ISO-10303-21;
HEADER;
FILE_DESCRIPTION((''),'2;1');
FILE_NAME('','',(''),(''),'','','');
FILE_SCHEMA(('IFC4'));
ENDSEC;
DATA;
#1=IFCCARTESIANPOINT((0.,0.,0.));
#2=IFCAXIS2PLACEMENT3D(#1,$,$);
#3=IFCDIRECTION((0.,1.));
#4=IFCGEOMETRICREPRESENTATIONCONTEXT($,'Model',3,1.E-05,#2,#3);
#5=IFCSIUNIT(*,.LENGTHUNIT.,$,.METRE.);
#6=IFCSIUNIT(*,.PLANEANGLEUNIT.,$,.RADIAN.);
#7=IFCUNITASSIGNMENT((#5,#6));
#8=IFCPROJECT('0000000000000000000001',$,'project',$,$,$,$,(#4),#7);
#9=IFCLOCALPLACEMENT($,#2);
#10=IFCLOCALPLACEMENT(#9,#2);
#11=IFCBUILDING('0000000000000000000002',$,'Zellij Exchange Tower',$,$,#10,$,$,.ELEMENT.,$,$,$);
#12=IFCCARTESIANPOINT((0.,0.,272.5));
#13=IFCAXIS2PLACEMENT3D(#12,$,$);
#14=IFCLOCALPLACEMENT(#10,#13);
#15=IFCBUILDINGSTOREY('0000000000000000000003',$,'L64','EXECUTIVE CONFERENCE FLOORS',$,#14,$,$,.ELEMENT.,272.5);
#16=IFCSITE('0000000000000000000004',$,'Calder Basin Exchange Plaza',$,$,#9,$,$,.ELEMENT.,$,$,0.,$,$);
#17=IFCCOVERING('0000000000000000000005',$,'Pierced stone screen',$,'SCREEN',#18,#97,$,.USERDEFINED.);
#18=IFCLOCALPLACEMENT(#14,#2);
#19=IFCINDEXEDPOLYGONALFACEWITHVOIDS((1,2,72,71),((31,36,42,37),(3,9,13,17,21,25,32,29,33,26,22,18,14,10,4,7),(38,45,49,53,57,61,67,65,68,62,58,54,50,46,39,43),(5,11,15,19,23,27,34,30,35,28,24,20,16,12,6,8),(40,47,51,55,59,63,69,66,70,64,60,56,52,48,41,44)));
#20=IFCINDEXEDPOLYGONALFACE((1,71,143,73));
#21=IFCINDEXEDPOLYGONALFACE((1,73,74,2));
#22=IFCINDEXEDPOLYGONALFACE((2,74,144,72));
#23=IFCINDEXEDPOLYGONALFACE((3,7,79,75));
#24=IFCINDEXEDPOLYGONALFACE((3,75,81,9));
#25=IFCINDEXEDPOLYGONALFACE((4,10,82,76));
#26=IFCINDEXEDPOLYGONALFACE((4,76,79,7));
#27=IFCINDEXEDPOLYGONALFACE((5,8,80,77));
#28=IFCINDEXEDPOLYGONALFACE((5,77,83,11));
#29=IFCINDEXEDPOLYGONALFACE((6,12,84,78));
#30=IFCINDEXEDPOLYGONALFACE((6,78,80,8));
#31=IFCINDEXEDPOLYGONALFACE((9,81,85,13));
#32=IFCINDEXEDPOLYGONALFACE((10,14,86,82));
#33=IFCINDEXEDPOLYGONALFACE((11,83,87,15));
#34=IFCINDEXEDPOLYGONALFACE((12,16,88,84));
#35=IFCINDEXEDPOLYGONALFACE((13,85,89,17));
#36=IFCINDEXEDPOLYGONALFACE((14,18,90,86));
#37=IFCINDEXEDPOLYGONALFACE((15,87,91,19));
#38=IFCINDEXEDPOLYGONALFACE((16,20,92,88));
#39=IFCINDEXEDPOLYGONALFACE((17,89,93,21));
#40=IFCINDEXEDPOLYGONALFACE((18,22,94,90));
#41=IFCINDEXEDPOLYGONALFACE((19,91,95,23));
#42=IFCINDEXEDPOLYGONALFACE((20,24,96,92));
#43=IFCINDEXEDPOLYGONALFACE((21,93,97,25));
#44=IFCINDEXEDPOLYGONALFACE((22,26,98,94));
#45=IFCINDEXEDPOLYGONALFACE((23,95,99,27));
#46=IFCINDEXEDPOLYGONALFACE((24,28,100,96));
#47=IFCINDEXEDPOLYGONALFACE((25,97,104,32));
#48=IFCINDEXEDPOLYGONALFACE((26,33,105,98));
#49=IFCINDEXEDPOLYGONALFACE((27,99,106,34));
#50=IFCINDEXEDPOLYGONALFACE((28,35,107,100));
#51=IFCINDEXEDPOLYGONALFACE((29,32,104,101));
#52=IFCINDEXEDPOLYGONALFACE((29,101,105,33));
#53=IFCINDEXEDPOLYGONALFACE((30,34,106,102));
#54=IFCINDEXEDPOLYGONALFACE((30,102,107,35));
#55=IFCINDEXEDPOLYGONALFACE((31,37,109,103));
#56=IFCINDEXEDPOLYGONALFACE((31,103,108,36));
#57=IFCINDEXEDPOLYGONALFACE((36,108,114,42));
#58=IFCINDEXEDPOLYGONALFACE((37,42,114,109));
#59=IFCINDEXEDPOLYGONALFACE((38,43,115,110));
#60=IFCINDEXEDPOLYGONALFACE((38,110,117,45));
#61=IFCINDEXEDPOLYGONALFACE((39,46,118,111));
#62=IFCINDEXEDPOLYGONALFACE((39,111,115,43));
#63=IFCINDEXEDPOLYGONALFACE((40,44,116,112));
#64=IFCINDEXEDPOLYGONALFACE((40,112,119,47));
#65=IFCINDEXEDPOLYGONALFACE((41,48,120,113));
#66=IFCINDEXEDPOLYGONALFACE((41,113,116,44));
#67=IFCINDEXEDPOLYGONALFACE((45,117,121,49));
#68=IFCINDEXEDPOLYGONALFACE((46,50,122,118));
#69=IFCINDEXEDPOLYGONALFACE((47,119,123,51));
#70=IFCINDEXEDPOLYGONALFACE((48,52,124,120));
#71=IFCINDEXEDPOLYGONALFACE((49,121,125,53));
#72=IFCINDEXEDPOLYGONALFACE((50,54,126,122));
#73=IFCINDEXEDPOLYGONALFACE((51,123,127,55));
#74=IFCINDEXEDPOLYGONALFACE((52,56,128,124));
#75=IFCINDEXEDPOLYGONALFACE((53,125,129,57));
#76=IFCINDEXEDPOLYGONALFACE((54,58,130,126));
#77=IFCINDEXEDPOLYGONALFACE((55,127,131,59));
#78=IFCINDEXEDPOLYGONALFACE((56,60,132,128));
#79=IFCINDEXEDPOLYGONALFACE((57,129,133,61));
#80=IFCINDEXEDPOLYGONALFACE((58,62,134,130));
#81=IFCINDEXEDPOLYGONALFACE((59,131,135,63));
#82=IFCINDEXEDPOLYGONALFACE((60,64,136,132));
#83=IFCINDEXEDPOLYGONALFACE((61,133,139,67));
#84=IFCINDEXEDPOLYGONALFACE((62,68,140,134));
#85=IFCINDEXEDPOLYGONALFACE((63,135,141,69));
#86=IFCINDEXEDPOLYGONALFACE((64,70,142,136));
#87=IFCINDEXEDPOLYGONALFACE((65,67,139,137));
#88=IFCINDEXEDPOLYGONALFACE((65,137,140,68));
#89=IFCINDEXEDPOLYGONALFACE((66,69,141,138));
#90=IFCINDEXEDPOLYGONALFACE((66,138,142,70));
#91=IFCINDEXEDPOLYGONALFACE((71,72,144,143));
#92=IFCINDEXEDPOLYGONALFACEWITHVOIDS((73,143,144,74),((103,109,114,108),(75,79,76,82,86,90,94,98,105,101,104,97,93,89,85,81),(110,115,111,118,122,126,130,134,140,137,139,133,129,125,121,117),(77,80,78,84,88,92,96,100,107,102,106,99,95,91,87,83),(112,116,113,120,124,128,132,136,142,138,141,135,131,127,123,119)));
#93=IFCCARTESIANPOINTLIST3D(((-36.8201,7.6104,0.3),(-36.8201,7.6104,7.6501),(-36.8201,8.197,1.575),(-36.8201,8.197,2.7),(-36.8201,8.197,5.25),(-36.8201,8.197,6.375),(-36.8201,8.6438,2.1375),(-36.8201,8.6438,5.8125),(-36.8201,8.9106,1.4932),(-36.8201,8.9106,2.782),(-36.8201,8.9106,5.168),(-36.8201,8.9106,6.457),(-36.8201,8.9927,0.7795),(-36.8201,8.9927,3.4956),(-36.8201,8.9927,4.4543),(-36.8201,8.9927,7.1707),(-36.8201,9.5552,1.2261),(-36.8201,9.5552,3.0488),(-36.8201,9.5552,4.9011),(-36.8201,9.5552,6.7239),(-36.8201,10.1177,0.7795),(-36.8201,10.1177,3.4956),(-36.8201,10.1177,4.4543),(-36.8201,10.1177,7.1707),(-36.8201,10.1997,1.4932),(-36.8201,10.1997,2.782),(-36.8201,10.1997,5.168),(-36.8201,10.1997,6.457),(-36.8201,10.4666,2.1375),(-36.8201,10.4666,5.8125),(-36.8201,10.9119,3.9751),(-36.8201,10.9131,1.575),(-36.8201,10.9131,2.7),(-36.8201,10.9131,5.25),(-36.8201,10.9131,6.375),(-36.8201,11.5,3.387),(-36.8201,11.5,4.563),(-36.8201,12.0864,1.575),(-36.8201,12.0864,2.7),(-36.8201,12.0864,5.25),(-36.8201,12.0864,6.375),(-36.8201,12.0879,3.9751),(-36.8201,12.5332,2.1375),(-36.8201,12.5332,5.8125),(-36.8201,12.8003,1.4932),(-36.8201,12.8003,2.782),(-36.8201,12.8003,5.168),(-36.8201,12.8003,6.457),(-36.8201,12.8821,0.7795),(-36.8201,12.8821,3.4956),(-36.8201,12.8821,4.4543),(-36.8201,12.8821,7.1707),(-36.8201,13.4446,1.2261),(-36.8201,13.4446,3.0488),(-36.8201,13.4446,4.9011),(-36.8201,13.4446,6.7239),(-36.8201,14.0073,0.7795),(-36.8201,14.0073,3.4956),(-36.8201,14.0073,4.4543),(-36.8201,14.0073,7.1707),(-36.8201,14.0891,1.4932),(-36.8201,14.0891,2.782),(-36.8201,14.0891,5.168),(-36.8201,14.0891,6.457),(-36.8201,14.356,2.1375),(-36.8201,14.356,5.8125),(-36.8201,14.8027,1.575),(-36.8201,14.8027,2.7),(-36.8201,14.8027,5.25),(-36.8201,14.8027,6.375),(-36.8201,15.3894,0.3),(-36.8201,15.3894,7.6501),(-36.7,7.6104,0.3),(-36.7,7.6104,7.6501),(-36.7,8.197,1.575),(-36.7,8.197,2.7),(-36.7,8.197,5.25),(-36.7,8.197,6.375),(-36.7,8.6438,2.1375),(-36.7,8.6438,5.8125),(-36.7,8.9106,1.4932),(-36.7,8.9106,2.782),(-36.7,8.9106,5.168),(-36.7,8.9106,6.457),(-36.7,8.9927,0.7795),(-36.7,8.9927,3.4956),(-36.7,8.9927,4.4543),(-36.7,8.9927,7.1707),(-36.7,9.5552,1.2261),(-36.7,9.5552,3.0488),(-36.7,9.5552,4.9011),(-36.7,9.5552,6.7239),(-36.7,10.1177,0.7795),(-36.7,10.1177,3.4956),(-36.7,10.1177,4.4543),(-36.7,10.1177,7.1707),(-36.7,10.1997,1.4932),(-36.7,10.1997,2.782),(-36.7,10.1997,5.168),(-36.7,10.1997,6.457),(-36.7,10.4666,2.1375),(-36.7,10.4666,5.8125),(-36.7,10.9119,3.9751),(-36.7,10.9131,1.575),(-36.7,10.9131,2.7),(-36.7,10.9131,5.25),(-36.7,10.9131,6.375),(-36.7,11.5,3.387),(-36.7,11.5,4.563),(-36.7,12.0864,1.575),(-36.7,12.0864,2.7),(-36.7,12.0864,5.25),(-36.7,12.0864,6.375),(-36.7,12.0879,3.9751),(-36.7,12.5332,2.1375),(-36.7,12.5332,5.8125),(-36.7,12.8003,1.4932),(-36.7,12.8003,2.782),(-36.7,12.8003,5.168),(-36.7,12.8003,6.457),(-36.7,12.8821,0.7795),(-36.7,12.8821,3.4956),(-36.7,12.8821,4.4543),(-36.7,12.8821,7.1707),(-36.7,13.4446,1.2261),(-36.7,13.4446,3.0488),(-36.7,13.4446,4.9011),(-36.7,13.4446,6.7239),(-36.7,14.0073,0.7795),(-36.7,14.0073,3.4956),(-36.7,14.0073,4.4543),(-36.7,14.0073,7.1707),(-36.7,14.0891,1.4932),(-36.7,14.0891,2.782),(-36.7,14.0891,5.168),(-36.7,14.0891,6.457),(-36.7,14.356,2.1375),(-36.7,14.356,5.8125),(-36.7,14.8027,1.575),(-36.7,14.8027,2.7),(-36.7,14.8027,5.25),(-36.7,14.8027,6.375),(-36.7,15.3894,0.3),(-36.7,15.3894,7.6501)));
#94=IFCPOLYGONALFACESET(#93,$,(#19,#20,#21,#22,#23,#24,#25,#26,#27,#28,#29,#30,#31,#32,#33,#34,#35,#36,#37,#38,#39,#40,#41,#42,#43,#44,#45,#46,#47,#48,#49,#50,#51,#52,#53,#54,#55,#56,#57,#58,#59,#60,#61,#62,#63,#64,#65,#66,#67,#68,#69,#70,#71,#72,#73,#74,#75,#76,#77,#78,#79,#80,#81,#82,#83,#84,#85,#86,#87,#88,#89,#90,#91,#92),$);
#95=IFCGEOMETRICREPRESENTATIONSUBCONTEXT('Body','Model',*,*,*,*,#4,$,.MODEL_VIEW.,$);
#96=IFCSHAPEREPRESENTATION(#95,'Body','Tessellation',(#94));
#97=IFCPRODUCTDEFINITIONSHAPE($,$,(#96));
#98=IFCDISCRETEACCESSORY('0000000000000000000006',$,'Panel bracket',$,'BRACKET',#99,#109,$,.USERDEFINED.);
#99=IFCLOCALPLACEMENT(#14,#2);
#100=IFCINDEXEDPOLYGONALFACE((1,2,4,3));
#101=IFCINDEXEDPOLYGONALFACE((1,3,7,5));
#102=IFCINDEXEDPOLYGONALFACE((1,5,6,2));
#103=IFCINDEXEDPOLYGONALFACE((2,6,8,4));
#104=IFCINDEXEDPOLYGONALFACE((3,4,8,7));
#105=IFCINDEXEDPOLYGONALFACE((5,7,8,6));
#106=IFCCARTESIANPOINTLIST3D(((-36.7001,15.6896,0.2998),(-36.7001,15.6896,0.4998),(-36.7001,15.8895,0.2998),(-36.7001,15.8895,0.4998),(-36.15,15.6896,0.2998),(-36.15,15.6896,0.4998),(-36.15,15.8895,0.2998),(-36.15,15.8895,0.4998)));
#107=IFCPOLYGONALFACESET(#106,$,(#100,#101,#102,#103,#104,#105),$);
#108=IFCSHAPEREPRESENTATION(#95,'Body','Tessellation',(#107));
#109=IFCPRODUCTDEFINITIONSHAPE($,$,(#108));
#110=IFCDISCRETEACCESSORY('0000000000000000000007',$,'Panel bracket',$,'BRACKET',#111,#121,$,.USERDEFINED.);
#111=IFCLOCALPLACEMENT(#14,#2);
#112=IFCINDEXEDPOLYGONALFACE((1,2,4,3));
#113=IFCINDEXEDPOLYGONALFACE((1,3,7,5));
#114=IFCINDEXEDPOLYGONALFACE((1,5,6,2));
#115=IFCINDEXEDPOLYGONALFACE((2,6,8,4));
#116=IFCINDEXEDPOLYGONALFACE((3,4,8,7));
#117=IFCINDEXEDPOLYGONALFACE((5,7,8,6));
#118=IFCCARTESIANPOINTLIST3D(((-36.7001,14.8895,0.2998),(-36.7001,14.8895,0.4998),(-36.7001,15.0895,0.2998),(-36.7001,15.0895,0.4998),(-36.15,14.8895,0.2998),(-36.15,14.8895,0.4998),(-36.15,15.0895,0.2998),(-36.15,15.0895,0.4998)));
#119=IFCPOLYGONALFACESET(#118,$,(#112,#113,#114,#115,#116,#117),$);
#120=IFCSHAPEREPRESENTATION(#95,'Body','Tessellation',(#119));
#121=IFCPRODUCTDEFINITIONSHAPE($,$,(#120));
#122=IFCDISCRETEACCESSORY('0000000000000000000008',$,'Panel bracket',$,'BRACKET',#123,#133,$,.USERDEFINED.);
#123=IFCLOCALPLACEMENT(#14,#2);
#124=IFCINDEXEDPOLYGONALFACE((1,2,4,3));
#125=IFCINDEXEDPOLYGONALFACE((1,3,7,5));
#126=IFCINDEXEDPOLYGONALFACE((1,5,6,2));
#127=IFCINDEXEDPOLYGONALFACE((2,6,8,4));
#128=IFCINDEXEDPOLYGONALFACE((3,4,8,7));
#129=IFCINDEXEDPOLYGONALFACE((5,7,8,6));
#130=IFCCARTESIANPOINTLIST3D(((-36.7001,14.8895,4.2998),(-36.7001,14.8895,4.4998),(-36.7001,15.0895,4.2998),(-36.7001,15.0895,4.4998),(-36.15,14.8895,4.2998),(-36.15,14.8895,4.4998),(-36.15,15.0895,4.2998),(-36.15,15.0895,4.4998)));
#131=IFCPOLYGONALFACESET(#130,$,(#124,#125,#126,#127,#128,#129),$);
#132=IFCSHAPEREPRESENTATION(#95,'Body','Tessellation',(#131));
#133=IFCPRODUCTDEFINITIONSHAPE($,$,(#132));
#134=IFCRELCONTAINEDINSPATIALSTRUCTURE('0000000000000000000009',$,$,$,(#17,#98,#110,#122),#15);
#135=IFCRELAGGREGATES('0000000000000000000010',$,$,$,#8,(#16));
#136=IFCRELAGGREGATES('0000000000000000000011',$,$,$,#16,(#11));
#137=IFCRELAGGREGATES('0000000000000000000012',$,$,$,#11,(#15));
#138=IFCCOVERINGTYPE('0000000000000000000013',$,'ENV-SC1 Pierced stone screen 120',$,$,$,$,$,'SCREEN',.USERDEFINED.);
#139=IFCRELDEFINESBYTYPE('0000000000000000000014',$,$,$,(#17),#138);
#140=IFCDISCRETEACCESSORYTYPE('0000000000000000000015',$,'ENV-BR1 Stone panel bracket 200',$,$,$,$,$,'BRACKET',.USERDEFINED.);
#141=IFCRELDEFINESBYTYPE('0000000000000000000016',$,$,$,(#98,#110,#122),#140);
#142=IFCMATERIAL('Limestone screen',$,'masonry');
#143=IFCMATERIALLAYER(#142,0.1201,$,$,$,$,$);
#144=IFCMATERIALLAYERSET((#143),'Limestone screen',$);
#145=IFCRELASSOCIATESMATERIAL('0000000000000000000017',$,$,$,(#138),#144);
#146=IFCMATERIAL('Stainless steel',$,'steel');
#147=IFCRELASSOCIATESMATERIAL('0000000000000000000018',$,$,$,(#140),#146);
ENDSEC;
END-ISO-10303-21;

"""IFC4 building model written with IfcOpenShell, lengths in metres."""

from ifc_helpers import new_model, si_unit, direction, frame, origin, origin_2d, place, context, subcontext, project, spatial, polyline, rectangle, outline, extrude, material, layer, layer_set, type_object, element, save


model = new_model("IFC4")

# Units and contexts
model_context = context("Model", 3, precision=1e-05, world=origin(), true_north=direction((0.0, 1.0)))
body_context = subcontext(model_context, "Body", "Model", "MODEL_VIEW")
ifc_project = project(units=[si_unit("LENGTHUNIT", "METRE"), si_unit("PLANEANGLEUNIT", "RADIAN")], contexts=[model_context])

# Site, building, storey
site_placement = place(None, origin())
site = spatial("IfcSite", under=ifc_project, at=site_placement, Name="Calder Basin Exchange Plaza", CompositionType="ELEMENT", RefElevation=0.0)
building_placement = place(site_placement, origin())
building = spatial("IfcBuilding", under=site, at=building_placement, Name="Zellij Exchange Tower", CompositionType="ELEMENT")
storey_placement = place(building_placement, frame((0.0, 0.0, 272.5)))
storey = spatial("IfcBuildingStorey", under=building, at=storey_placement, Name="L64", Description="EXECUTIVE CONFERENCE FLOORS", CompositionType="ELEMENT", Elevation=272.5)

# Covering
ifc_material_1 = material(Name="Limestone screen", Category="masonry")
ifc_layer_1 = layer(ifc_material_1, 0.1201)
ifc_layer_set_1 = layer_set([ifc_layer_1], Name="Limestone screen")
covering_type = type_object("IfcCoveringType", Name="ENV-SC1 Pierced stone screen 120", ElementType="SCREEN", PredefinedType="USERDEFINED", material=ifc_layer_set_1)
covering_placement = place(storey_placement, frame((-36.76, 15.3894, 0.3), z_axis=(0.0, 0.0, 1.0), x_axis=(0.0, -1.0, 0.0)))
element("IfcCovering", 1, at=covering_placement, inside=storey, type_object=covering_type, Name="Pierced stone screen", ObjectType="SCREEN", PredefinedType="USERDEFINED", context=body_context, shape_type="SweptSolid", body=[
    extrude(outline(polyline([(0.0, 0.0), (7.7791, 0.0), (7.7791, 7.3501), (0.0, 7.3501), (0.0, 0.0)]), holes=[polyline([(3.303, 2.3999), (2.5891, 2.4819), (2.5073, 3.1956), (1.9448, 2.7488), (1.3821, 3.1956), (1.3003, 2.4819), (0.5867, 2.3999), (1.0334, 1.8374), (0.5867, 1.2749), (1.3003, 1.1931), (1.3821, 0.4795), (1.9448, 0.926), (2.5073, 0.4795), (2.5891, 1.1931), (3.303, 1.2749), (2.8562, 1.8374), (3.303, 2.3999)]), polyline([(3.303, 6.075), (2.5891, 6.157), (2.5073, 6.8706), (1.9448, 6.4238), (1.3821, 6.8706), (1.3003, 6.157), (0.5867, 6.075), (1.0334, 5.5125), (0.5867, 4.95), (1.3003, 4.8679), (1.3821, 4.1543), (1.9448, 4.6011), (2.5073, 4.1543), (2.5891, 4.8679), (3.303, 4.95), (2.8562, 5.5125), (3.303, 6.075)]), polyline([(7.1924, 2.3999), (6.4788, 2.4819), (6.3967, 3.1956), (5.8342, 2.7488), (5.2717, 3.1956), (5.1897, 2.4819), (4.4763, 2.3999), (4.9229, 1.8374), (4.4763, 1.2749), (5.1897, 1.1931), (5.2717, 0.4795), (5.8342, 0.926), (6.3967, 0.4795), (6.4788, 1.1931), (7.1924, 1.2749), (6.7456, 1.8374), (7.1924, 2.3999)]), polyline([(7.1924, 6.075), (6.4788, 6.157), (6.3967, 6.8706), (5.8342, 6.4238), (5.2717, 6.8706), (5.1897, 6.157), (4.4763, 6.075), (4.9229, 5.5125), (4.4763, 4.95), (5.1897, 4.8679), (5.2717, 4.1543), (5.8342, 4.6011), (6.3967, 4.1543), (6.4788, 4.8679), (7.1924, 4.95), (6.7456, 5.5125), (7.1924, 6.075)]), polyline([(4.4775, 3.675), (3.8894, 4.2629), (3.3015, 3.675), (3.8894, 3.0869), (4.4775, 3.675)])]), frame((0.0, 0.0601, 0.0), z_axis=(0.0, -1.0, 0.0), x_axis=(1.0, 0.0, 0.0)), (0.0, 0.0, 1.0), 0.1201),
])

# Discrete accessories
ifc_material_2 = material(Name="Stainless steel", Category="steel")
discrete_accessory_type = type_object("IfcDiscreteAccessoryType", Name="ENV-BR1 Stone panel bracket 200", ElementType="BRACKET", PredefinedType="USERDEFINED", material=ifc_material_2)
for number, where, z_axis, x_axis, name in (
    (2, (-36.425, 15.7896, 0.2998), (0.0, 0.0, 1.0), (0.0, -1.0, 0.0), "Panel bracket"),
    (3, (-36.425, 14.9895, 0.2998), (0.0, 0.0, 1.0), (0.0, -1.0, 0.0), "Panel bracket"),
    (4, (-36.425, 14.9895, 4.2998), (0.0, 0.0, 1.0), (0.0, -1.0, 0.0), "Panel bracket"),
):
    element("IfcDiscreteAccessory", number, at=place(storey_placement, frame(where, z_axis=z_axis, x_axis=x_axis)), inside=storey, type_object=discrete_accessory_type, Name=name, ObjectType="BRACKET", PredefinedType="USERDEFINED", context=body_context, shape_type="SweptSolid", body=[
        extrude(rectangle(XDim=0.2, YDim=0.55, at=origin_2d()), origin(), (0.0, 0.0, 1.0), 0.2),
    ])

save(model, "model.ifc")
